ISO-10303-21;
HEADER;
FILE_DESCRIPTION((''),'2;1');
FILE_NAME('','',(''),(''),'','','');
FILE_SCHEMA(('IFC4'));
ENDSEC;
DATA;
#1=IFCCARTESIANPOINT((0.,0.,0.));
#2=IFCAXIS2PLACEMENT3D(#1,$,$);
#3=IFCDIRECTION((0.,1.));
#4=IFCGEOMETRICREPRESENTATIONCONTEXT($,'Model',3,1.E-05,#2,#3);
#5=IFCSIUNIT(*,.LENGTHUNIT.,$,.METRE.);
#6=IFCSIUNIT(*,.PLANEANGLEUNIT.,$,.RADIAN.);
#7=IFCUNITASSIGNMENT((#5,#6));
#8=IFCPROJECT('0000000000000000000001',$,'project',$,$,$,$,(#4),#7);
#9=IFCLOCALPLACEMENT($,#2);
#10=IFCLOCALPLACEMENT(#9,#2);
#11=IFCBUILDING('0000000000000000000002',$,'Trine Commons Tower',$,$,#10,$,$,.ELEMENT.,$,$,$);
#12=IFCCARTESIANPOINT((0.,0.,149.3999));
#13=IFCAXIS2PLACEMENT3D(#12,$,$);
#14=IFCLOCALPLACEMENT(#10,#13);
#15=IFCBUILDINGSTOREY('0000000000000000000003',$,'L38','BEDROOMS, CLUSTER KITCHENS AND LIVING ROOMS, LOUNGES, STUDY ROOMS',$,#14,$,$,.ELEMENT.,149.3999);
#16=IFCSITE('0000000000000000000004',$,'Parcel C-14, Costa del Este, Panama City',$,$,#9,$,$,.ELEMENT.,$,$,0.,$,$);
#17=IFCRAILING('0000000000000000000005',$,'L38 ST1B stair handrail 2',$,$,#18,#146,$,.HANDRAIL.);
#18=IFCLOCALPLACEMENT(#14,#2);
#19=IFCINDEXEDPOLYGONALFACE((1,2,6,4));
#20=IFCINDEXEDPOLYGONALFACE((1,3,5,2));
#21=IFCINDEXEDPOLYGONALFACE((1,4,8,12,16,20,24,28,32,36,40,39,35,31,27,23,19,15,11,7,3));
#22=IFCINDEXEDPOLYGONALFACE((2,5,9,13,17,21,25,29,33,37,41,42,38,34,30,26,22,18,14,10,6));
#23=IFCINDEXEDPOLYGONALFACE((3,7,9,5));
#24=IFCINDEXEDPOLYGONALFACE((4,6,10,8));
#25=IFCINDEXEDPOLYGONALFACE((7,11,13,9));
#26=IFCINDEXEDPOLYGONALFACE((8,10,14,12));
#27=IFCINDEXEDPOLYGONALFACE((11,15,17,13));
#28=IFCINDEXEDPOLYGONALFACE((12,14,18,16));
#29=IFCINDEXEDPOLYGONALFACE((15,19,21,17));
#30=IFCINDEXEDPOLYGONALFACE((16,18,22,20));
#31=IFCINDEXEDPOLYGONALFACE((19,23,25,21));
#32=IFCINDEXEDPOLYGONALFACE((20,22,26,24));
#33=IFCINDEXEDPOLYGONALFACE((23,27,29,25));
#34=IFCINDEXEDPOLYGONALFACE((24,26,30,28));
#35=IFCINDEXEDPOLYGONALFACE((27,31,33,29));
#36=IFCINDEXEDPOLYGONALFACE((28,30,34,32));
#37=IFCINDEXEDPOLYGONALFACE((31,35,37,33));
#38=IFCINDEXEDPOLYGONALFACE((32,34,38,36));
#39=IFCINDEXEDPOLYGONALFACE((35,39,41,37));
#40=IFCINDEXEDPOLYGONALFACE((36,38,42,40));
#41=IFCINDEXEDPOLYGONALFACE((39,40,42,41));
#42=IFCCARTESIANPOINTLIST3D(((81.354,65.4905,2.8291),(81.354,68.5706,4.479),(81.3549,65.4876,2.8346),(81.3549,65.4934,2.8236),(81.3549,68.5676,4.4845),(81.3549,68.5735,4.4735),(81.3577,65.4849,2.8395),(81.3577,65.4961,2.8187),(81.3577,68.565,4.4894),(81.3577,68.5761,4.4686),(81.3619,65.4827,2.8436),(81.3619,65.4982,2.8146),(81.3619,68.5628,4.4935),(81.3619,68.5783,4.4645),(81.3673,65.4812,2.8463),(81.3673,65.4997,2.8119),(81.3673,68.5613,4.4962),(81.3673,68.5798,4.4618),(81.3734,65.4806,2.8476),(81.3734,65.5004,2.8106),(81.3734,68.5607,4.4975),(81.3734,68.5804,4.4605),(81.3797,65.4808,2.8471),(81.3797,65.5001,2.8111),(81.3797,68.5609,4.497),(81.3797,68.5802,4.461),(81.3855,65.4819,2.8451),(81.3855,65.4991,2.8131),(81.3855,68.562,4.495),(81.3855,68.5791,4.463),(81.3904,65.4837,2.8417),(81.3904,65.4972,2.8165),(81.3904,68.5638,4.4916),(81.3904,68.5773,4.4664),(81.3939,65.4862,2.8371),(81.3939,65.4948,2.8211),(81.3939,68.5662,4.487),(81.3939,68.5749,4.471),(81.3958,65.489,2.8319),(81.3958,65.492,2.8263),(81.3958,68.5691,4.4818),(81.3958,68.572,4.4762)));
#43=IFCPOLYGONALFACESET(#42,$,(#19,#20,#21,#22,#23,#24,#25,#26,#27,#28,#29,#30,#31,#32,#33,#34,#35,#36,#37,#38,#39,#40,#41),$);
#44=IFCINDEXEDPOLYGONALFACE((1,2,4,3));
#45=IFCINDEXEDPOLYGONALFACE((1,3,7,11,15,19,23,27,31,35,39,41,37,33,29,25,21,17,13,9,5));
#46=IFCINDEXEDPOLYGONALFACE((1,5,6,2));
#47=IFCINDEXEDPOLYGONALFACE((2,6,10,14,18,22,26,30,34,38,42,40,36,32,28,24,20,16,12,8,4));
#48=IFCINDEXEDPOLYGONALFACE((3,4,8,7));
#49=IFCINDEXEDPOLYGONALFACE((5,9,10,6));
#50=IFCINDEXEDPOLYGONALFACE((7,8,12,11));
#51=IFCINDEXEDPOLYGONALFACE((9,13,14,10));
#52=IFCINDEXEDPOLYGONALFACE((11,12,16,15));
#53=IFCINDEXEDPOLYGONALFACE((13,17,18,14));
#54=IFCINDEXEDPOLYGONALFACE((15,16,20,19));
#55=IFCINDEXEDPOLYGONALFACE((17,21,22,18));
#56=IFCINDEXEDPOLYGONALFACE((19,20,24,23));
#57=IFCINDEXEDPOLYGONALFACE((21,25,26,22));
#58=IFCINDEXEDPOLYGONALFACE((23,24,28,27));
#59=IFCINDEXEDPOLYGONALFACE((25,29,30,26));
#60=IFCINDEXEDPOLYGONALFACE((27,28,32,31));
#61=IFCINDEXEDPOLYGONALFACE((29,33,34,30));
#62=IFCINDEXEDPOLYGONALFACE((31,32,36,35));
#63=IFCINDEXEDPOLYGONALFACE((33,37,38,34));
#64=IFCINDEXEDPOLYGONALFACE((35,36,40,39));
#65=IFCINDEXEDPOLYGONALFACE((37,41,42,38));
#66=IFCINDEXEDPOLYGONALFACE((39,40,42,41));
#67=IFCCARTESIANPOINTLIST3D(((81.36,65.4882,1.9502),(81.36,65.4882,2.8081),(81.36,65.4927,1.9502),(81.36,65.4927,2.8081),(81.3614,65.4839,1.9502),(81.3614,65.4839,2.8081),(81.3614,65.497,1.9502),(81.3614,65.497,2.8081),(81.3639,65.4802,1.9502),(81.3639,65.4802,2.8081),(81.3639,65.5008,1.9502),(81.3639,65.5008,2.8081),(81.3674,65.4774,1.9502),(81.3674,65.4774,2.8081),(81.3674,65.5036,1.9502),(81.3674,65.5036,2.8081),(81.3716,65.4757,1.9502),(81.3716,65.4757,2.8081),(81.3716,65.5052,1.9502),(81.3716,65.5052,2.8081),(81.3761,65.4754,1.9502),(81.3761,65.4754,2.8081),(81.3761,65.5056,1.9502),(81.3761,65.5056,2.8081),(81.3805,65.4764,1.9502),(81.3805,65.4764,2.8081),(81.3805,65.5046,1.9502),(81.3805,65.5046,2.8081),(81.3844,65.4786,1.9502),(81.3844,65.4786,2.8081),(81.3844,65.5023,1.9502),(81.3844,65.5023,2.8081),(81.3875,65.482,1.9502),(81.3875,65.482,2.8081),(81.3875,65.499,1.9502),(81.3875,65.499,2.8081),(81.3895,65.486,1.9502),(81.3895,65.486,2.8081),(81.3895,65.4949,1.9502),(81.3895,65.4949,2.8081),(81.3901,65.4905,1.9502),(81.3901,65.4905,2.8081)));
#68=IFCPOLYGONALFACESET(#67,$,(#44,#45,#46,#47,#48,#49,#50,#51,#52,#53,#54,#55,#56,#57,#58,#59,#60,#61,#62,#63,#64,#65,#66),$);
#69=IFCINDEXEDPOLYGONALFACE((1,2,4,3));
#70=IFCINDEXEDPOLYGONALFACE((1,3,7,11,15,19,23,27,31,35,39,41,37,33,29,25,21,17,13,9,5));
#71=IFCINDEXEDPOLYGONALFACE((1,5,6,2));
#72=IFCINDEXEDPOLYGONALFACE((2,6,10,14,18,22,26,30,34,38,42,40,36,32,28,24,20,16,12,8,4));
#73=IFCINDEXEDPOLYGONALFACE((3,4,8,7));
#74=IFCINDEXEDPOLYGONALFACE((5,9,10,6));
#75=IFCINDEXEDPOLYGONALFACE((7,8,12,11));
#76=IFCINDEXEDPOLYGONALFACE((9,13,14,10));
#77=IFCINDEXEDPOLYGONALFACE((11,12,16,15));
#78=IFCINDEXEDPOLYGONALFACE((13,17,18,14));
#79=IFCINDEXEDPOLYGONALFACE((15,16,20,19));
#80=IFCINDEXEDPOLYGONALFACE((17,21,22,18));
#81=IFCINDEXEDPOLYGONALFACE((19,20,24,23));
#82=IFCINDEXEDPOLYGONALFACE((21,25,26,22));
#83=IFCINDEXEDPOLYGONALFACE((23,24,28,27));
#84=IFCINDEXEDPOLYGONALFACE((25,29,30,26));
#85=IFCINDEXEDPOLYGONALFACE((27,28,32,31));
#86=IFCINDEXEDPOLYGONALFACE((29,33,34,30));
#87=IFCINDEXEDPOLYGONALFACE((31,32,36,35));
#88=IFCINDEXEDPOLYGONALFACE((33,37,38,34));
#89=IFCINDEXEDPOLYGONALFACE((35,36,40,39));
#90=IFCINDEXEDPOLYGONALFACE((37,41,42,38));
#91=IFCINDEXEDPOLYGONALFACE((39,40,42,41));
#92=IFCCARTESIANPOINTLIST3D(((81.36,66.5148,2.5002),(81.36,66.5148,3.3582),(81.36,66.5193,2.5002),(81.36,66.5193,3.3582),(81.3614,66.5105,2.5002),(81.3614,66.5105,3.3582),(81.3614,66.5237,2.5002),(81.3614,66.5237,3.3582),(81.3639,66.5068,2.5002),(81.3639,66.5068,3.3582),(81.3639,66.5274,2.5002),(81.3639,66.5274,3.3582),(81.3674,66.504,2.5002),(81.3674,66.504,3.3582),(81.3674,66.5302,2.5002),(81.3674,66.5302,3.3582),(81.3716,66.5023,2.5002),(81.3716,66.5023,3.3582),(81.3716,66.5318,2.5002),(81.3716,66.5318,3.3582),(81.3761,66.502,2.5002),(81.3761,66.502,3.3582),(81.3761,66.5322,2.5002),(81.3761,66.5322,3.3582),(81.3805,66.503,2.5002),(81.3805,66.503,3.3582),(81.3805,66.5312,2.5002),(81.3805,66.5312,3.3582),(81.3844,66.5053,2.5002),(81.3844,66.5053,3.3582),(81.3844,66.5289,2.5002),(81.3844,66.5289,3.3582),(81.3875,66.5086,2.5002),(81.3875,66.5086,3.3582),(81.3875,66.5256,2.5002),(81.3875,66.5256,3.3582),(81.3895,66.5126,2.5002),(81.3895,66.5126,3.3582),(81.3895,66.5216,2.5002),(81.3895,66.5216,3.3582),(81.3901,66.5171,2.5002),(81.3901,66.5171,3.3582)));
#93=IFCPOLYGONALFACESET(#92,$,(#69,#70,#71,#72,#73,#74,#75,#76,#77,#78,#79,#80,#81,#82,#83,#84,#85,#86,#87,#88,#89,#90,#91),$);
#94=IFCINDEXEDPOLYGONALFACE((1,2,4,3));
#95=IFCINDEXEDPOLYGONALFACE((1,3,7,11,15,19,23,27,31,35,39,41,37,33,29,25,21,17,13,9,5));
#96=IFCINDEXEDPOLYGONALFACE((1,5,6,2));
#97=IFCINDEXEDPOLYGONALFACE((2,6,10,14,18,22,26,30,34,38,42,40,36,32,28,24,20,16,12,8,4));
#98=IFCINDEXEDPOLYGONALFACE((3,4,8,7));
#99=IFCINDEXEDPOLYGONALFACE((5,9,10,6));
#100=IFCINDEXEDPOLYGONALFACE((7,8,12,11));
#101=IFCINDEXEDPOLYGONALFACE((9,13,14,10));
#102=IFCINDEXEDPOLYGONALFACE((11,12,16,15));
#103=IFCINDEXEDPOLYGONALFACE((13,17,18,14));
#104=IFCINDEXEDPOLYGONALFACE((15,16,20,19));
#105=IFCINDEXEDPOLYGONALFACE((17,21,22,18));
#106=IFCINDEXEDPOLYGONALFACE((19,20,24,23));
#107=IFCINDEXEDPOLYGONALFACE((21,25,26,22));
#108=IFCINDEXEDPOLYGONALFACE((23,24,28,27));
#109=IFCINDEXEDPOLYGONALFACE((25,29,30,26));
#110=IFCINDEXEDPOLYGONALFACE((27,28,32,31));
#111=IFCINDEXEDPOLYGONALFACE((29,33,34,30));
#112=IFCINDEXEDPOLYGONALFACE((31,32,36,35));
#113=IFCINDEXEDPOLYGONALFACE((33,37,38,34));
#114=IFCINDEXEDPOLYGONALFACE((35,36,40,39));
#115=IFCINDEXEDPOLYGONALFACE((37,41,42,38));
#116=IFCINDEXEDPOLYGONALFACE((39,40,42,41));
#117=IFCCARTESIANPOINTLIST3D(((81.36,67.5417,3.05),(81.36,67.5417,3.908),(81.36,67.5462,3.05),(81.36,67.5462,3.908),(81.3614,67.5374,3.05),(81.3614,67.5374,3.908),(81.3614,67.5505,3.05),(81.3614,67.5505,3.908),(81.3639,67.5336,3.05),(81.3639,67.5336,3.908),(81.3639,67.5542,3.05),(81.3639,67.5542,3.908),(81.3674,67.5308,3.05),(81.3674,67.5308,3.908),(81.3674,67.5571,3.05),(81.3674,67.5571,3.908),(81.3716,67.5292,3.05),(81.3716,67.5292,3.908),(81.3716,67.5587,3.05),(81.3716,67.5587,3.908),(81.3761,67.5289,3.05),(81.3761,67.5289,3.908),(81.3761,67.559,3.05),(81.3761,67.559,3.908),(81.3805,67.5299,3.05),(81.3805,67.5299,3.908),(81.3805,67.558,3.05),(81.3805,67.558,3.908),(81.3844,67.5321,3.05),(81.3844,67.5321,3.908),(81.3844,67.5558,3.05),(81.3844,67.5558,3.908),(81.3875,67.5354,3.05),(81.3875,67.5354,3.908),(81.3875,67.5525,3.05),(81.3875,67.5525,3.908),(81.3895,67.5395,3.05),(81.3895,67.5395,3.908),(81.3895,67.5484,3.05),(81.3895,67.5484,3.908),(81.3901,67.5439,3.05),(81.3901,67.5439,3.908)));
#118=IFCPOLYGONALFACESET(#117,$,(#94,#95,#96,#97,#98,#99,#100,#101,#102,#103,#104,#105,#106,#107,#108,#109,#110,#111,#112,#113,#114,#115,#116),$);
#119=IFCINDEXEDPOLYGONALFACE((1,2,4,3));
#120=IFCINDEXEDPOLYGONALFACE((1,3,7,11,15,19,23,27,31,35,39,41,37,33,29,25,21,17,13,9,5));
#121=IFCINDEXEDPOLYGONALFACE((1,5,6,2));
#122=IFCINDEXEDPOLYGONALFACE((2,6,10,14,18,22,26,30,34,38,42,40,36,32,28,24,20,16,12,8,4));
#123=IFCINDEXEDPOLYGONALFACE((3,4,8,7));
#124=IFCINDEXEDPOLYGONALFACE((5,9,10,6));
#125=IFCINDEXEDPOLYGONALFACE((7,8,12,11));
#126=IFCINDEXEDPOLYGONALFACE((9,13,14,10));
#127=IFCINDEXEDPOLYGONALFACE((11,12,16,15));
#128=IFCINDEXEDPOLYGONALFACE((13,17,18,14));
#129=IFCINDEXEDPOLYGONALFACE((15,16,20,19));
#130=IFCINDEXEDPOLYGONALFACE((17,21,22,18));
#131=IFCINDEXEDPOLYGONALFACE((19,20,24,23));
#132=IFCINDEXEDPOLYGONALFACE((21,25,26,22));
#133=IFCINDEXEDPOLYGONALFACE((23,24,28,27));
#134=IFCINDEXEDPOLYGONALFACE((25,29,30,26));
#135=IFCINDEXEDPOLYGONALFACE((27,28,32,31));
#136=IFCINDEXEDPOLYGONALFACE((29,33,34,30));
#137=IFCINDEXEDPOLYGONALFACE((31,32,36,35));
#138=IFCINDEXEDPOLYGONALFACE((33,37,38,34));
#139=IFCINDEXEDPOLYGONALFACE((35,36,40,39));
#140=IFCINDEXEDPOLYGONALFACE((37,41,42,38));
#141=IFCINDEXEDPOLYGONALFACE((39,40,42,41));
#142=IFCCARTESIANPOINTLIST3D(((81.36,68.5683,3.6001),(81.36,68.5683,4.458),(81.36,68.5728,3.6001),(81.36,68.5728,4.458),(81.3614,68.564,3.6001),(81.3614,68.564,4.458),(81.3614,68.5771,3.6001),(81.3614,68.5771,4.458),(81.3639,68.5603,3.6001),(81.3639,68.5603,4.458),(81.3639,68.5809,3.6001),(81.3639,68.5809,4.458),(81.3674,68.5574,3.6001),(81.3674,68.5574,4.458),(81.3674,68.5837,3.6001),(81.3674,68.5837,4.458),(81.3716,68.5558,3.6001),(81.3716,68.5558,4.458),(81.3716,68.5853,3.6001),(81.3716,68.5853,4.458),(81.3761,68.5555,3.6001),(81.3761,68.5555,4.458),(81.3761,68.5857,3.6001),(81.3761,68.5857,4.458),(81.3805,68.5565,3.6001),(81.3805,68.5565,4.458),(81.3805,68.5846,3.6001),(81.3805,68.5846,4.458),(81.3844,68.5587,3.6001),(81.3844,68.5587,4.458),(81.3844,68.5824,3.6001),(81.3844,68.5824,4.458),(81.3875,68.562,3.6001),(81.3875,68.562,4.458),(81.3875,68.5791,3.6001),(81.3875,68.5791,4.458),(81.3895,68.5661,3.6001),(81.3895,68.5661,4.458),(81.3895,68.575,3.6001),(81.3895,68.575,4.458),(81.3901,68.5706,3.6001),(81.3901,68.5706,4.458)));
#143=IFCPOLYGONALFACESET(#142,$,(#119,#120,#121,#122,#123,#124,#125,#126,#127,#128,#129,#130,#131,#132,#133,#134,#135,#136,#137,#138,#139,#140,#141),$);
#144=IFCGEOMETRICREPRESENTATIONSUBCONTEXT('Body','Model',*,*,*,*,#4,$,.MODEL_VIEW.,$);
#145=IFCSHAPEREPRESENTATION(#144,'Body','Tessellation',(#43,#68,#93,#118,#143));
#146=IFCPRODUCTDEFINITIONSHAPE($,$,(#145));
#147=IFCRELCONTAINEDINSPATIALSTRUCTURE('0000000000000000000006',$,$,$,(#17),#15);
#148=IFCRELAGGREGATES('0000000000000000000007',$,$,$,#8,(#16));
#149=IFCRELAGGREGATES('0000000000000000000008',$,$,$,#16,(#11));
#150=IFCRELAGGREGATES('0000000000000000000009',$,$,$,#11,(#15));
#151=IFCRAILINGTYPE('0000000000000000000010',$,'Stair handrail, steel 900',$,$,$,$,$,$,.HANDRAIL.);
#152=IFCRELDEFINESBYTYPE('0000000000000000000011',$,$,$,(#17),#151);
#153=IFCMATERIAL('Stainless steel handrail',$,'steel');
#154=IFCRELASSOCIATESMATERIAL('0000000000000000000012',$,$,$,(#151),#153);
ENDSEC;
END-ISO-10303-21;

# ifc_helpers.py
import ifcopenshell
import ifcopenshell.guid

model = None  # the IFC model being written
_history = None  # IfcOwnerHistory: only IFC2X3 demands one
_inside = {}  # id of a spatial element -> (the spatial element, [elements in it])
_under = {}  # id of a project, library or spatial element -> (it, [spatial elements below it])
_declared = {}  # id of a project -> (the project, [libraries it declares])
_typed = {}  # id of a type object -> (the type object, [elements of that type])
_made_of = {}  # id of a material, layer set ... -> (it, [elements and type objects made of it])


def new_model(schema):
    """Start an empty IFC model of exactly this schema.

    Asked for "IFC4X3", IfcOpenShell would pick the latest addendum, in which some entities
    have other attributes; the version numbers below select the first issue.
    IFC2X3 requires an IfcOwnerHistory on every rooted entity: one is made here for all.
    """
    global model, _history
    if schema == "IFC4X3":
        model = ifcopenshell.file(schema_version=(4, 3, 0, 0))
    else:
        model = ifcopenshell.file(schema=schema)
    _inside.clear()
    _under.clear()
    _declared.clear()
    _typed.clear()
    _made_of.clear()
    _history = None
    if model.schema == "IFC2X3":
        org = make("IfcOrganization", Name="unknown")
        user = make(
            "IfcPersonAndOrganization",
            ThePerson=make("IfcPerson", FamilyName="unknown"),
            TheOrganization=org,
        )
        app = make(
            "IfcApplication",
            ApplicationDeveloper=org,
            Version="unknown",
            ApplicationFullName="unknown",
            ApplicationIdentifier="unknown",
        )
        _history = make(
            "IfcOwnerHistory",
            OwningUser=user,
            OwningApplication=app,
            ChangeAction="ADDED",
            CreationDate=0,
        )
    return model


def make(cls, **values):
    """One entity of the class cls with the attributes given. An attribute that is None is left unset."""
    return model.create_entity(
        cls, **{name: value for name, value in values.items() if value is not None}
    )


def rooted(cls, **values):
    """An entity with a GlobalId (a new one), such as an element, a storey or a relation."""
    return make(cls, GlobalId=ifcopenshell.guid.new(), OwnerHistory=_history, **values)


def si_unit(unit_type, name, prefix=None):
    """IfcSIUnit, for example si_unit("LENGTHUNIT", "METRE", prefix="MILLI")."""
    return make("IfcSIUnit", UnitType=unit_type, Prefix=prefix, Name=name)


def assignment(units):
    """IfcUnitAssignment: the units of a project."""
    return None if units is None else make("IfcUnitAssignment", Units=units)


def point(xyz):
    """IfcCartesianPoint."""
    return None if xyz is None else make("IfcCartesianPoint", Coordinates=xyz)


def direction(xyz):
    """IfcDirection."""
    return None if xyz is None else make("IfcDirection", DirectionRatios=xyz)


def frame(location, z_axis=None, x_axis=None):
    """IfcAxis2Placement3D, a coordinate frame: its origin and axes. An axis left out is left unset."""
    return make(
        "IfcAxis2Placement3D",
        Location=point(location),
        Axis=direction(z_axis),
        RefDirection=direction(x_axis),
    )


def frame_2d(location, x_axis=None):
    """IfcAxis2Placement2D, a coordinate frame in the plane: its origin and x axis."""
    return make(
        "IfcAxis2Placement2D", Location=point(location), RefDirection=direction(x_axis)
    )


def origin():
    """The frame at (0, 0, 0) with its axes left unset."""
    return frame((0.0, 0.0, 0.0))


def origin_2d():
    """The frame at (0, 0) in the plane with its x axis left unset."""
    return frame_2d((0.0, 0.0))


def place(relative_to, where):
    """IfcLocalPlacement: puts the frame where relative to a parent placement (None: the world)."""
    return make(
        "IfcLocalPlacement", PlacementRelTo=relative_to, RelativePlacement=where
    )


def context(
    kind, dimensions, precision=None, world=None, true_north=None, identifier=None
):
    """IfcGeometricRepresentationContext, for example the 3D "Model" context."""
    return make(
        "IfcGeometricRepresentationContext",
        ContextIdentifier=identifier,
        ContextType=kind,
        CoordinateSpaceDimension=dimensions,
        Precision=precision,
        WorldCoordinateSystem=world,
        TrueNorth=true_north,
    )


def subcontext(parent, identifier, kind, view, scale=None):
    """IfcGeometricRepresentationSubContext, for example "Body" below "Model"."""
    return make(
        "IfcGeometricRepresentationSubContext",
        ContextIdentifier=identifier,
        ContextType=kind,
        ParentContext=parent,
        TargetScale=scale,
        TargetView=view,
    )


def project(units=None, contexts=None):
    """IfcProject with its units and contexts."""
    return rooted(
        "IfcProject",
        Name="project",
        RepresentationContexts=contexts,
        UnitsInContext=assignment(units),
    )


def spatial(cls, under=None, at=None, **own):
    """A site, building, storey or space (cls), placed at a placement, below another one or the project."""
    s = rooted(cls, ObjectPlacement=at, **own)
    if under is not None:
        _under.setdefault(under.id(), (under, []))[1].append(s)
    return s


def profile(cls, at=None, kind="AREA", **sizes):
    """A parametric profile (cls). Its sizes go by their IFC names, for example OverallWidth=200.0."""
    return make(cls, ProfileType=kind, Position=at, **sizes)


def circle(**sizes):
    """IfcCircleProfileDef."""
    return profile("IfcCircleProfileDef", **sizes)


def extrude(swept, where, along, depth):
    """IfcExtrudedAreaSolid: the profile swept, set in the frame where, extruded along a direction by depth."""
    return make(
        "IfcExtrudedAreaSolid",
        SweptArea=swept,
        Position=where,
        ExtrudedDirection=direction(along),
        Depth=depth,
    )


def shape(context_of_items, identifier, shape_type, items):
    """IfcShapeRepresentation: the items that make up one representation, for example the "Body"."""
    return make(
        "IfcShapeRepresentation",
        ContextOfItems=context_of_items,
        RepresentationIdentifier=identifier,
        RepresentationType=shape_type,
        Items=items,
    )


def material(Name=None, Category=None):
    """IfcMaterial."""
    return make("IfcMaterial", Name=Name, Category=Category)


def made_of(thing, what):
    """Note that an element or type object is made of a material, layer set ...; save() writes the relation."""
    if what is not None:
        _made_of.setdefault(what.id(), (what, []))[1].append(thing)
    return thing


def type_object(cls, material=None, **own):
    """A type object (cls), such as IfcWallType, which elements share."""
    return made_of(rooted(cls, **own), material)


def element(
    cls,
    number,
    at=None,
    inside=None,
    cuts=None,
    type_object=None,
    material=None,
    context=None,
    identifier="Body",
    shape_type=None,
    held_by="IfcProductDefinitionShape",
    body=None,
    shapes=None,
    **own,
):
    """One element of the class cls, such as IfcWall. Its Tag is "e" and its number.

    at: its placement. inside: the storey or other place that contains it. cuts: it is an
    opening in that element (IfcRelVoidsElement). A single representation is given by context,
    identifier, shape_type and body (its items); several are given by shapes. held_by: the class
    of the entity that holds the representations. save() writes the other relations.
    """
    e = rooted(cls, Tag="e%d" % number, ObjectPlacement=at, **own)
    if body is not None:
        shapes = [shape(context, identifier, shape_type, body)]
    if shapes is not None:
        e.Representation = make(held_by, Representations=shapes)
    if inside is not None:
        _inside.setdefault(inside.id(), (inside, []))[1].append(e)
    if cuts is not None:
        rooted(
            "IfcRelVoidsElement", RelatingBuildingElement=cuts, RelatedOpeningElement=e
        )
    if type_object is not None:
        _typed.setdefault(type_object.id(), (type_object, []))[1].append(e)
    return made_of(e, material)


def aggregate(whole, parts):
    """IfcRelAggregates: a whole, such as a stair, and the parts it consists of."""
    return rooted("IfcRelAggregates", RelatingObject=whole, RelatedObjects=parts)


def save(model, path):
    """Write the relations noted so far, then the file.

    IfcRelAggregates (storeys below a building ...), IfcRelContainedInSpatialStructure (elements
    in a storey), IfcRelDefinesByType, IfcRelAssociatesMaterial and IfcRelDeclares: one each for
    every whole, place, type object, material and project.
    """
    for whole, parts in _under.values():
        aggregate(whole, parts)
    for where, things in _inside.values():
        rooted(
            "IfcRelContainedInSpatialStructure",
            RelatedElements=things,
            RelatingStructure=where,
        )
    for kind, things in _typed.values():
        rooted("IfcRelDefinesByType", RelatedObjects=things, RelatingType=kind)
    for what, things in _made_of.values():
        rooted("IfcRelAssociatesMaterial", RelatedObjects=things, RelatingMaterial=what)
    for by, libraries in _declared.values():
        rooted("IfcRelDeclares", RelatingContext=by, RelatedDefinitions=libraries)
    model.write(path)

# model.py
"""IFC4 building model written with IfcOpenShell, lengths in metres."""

from ifc_helpers import new_model, si_unit, direction, frame, origin, origin_2d, place, context, subcontext, project, spatial, circle, extrude, material, type_object, element, save


model = new_model("IFC4")

# Units and contexts
model_context = context("Model", 3, precision=1e-05, world=origin(), true_north=direction((0.0, 1.0)))
body_context = subcontext(model_context, "Body", "Model", "MODEL_VIEW")
ifc_project = project(units=[si_unit("LENGTHUNIT", "METRE"), si_unit("PLANEANGLEUNIT", "RADIAN")], contexts=[model_context])

# Site, building, storey
site_placement = place(None, origin())
site = spatial("IfcSite", under=ifc_project, at=site_placement, Name="Parcel C-14, Costa del Este, Panama City", CompositionType="ELEMENT", RefElevation=0.0)
building_placement = place(site_placement, origin())
building = spatial("IfcBuilding", under=site, at=building_placement, Name="Trine Commons Tower", CompositionType="ELEMENT")
storey_placement = place(building_placement, frame((0.0, 0.0, 149.3999)))
storey = spatial("IfcBuildingStorey", under=building, at=storey_placement, Name="L38", Description="BEDROOMS, CLUSTER KITCHENS AND LIVING ROOMS, LOUNGES, STUDY ROOMS", CompositionType="ELEMENT", Elevation=149.3999)

# Railing
ifc_material_1 = material(Name="Stainless steel handrail", Category="steel")
railing_type_1 = type_object("IfcRailingType", Name="Stair handrail, steel 900", PredefinedType="HANDRAIL", material=ifc_material_1)
railing_1_placement = place(storey_placement, frame((81.375, 65.4905, 1.9502)))
element("IfcRailing", 1, at=railing_1_placement, inside=storey, type_object=railing_type_1, Name="L38 ST1B stair handrail 2", PredefinedType="HANDRAIL", context=body_context, shape_type="SweptSolid", body=[
    extrude(circle(Radius=0.021, at=origin_2d()), frame((0.0, 0.0, 0.8789), z_axis=(0.0, 0.881497, 0.47219), x_axis=(-1.0, 0.0, 0.0)), (0.0, 0.0, 1.0), 3.4941),
    extrude(circle(Radius=0.0151, at=origin_2d()), origin(), (0.0, 0.0, 1.0), 0.8579),
    extrude(circle(Radius=0.0151, at=origin_2d()), frame((0.0, 1.0266, 0.55)), (0.0, 0.0, 1.0), 0.8579),
    extrude(circle(Radius=0.0151, at=origin_2d()), frame((0.0, 2.0535, 1.0999)), (0.0, 0.0, 1.0), 0.8579),
    extrude(circle(Radius=0.0151, at=origin_2d()), frame((0.0, 3.0801, 1.6499)), (0.0, 0.0, 1.0), 0.8579),
])

save(model, "model.ifc")
